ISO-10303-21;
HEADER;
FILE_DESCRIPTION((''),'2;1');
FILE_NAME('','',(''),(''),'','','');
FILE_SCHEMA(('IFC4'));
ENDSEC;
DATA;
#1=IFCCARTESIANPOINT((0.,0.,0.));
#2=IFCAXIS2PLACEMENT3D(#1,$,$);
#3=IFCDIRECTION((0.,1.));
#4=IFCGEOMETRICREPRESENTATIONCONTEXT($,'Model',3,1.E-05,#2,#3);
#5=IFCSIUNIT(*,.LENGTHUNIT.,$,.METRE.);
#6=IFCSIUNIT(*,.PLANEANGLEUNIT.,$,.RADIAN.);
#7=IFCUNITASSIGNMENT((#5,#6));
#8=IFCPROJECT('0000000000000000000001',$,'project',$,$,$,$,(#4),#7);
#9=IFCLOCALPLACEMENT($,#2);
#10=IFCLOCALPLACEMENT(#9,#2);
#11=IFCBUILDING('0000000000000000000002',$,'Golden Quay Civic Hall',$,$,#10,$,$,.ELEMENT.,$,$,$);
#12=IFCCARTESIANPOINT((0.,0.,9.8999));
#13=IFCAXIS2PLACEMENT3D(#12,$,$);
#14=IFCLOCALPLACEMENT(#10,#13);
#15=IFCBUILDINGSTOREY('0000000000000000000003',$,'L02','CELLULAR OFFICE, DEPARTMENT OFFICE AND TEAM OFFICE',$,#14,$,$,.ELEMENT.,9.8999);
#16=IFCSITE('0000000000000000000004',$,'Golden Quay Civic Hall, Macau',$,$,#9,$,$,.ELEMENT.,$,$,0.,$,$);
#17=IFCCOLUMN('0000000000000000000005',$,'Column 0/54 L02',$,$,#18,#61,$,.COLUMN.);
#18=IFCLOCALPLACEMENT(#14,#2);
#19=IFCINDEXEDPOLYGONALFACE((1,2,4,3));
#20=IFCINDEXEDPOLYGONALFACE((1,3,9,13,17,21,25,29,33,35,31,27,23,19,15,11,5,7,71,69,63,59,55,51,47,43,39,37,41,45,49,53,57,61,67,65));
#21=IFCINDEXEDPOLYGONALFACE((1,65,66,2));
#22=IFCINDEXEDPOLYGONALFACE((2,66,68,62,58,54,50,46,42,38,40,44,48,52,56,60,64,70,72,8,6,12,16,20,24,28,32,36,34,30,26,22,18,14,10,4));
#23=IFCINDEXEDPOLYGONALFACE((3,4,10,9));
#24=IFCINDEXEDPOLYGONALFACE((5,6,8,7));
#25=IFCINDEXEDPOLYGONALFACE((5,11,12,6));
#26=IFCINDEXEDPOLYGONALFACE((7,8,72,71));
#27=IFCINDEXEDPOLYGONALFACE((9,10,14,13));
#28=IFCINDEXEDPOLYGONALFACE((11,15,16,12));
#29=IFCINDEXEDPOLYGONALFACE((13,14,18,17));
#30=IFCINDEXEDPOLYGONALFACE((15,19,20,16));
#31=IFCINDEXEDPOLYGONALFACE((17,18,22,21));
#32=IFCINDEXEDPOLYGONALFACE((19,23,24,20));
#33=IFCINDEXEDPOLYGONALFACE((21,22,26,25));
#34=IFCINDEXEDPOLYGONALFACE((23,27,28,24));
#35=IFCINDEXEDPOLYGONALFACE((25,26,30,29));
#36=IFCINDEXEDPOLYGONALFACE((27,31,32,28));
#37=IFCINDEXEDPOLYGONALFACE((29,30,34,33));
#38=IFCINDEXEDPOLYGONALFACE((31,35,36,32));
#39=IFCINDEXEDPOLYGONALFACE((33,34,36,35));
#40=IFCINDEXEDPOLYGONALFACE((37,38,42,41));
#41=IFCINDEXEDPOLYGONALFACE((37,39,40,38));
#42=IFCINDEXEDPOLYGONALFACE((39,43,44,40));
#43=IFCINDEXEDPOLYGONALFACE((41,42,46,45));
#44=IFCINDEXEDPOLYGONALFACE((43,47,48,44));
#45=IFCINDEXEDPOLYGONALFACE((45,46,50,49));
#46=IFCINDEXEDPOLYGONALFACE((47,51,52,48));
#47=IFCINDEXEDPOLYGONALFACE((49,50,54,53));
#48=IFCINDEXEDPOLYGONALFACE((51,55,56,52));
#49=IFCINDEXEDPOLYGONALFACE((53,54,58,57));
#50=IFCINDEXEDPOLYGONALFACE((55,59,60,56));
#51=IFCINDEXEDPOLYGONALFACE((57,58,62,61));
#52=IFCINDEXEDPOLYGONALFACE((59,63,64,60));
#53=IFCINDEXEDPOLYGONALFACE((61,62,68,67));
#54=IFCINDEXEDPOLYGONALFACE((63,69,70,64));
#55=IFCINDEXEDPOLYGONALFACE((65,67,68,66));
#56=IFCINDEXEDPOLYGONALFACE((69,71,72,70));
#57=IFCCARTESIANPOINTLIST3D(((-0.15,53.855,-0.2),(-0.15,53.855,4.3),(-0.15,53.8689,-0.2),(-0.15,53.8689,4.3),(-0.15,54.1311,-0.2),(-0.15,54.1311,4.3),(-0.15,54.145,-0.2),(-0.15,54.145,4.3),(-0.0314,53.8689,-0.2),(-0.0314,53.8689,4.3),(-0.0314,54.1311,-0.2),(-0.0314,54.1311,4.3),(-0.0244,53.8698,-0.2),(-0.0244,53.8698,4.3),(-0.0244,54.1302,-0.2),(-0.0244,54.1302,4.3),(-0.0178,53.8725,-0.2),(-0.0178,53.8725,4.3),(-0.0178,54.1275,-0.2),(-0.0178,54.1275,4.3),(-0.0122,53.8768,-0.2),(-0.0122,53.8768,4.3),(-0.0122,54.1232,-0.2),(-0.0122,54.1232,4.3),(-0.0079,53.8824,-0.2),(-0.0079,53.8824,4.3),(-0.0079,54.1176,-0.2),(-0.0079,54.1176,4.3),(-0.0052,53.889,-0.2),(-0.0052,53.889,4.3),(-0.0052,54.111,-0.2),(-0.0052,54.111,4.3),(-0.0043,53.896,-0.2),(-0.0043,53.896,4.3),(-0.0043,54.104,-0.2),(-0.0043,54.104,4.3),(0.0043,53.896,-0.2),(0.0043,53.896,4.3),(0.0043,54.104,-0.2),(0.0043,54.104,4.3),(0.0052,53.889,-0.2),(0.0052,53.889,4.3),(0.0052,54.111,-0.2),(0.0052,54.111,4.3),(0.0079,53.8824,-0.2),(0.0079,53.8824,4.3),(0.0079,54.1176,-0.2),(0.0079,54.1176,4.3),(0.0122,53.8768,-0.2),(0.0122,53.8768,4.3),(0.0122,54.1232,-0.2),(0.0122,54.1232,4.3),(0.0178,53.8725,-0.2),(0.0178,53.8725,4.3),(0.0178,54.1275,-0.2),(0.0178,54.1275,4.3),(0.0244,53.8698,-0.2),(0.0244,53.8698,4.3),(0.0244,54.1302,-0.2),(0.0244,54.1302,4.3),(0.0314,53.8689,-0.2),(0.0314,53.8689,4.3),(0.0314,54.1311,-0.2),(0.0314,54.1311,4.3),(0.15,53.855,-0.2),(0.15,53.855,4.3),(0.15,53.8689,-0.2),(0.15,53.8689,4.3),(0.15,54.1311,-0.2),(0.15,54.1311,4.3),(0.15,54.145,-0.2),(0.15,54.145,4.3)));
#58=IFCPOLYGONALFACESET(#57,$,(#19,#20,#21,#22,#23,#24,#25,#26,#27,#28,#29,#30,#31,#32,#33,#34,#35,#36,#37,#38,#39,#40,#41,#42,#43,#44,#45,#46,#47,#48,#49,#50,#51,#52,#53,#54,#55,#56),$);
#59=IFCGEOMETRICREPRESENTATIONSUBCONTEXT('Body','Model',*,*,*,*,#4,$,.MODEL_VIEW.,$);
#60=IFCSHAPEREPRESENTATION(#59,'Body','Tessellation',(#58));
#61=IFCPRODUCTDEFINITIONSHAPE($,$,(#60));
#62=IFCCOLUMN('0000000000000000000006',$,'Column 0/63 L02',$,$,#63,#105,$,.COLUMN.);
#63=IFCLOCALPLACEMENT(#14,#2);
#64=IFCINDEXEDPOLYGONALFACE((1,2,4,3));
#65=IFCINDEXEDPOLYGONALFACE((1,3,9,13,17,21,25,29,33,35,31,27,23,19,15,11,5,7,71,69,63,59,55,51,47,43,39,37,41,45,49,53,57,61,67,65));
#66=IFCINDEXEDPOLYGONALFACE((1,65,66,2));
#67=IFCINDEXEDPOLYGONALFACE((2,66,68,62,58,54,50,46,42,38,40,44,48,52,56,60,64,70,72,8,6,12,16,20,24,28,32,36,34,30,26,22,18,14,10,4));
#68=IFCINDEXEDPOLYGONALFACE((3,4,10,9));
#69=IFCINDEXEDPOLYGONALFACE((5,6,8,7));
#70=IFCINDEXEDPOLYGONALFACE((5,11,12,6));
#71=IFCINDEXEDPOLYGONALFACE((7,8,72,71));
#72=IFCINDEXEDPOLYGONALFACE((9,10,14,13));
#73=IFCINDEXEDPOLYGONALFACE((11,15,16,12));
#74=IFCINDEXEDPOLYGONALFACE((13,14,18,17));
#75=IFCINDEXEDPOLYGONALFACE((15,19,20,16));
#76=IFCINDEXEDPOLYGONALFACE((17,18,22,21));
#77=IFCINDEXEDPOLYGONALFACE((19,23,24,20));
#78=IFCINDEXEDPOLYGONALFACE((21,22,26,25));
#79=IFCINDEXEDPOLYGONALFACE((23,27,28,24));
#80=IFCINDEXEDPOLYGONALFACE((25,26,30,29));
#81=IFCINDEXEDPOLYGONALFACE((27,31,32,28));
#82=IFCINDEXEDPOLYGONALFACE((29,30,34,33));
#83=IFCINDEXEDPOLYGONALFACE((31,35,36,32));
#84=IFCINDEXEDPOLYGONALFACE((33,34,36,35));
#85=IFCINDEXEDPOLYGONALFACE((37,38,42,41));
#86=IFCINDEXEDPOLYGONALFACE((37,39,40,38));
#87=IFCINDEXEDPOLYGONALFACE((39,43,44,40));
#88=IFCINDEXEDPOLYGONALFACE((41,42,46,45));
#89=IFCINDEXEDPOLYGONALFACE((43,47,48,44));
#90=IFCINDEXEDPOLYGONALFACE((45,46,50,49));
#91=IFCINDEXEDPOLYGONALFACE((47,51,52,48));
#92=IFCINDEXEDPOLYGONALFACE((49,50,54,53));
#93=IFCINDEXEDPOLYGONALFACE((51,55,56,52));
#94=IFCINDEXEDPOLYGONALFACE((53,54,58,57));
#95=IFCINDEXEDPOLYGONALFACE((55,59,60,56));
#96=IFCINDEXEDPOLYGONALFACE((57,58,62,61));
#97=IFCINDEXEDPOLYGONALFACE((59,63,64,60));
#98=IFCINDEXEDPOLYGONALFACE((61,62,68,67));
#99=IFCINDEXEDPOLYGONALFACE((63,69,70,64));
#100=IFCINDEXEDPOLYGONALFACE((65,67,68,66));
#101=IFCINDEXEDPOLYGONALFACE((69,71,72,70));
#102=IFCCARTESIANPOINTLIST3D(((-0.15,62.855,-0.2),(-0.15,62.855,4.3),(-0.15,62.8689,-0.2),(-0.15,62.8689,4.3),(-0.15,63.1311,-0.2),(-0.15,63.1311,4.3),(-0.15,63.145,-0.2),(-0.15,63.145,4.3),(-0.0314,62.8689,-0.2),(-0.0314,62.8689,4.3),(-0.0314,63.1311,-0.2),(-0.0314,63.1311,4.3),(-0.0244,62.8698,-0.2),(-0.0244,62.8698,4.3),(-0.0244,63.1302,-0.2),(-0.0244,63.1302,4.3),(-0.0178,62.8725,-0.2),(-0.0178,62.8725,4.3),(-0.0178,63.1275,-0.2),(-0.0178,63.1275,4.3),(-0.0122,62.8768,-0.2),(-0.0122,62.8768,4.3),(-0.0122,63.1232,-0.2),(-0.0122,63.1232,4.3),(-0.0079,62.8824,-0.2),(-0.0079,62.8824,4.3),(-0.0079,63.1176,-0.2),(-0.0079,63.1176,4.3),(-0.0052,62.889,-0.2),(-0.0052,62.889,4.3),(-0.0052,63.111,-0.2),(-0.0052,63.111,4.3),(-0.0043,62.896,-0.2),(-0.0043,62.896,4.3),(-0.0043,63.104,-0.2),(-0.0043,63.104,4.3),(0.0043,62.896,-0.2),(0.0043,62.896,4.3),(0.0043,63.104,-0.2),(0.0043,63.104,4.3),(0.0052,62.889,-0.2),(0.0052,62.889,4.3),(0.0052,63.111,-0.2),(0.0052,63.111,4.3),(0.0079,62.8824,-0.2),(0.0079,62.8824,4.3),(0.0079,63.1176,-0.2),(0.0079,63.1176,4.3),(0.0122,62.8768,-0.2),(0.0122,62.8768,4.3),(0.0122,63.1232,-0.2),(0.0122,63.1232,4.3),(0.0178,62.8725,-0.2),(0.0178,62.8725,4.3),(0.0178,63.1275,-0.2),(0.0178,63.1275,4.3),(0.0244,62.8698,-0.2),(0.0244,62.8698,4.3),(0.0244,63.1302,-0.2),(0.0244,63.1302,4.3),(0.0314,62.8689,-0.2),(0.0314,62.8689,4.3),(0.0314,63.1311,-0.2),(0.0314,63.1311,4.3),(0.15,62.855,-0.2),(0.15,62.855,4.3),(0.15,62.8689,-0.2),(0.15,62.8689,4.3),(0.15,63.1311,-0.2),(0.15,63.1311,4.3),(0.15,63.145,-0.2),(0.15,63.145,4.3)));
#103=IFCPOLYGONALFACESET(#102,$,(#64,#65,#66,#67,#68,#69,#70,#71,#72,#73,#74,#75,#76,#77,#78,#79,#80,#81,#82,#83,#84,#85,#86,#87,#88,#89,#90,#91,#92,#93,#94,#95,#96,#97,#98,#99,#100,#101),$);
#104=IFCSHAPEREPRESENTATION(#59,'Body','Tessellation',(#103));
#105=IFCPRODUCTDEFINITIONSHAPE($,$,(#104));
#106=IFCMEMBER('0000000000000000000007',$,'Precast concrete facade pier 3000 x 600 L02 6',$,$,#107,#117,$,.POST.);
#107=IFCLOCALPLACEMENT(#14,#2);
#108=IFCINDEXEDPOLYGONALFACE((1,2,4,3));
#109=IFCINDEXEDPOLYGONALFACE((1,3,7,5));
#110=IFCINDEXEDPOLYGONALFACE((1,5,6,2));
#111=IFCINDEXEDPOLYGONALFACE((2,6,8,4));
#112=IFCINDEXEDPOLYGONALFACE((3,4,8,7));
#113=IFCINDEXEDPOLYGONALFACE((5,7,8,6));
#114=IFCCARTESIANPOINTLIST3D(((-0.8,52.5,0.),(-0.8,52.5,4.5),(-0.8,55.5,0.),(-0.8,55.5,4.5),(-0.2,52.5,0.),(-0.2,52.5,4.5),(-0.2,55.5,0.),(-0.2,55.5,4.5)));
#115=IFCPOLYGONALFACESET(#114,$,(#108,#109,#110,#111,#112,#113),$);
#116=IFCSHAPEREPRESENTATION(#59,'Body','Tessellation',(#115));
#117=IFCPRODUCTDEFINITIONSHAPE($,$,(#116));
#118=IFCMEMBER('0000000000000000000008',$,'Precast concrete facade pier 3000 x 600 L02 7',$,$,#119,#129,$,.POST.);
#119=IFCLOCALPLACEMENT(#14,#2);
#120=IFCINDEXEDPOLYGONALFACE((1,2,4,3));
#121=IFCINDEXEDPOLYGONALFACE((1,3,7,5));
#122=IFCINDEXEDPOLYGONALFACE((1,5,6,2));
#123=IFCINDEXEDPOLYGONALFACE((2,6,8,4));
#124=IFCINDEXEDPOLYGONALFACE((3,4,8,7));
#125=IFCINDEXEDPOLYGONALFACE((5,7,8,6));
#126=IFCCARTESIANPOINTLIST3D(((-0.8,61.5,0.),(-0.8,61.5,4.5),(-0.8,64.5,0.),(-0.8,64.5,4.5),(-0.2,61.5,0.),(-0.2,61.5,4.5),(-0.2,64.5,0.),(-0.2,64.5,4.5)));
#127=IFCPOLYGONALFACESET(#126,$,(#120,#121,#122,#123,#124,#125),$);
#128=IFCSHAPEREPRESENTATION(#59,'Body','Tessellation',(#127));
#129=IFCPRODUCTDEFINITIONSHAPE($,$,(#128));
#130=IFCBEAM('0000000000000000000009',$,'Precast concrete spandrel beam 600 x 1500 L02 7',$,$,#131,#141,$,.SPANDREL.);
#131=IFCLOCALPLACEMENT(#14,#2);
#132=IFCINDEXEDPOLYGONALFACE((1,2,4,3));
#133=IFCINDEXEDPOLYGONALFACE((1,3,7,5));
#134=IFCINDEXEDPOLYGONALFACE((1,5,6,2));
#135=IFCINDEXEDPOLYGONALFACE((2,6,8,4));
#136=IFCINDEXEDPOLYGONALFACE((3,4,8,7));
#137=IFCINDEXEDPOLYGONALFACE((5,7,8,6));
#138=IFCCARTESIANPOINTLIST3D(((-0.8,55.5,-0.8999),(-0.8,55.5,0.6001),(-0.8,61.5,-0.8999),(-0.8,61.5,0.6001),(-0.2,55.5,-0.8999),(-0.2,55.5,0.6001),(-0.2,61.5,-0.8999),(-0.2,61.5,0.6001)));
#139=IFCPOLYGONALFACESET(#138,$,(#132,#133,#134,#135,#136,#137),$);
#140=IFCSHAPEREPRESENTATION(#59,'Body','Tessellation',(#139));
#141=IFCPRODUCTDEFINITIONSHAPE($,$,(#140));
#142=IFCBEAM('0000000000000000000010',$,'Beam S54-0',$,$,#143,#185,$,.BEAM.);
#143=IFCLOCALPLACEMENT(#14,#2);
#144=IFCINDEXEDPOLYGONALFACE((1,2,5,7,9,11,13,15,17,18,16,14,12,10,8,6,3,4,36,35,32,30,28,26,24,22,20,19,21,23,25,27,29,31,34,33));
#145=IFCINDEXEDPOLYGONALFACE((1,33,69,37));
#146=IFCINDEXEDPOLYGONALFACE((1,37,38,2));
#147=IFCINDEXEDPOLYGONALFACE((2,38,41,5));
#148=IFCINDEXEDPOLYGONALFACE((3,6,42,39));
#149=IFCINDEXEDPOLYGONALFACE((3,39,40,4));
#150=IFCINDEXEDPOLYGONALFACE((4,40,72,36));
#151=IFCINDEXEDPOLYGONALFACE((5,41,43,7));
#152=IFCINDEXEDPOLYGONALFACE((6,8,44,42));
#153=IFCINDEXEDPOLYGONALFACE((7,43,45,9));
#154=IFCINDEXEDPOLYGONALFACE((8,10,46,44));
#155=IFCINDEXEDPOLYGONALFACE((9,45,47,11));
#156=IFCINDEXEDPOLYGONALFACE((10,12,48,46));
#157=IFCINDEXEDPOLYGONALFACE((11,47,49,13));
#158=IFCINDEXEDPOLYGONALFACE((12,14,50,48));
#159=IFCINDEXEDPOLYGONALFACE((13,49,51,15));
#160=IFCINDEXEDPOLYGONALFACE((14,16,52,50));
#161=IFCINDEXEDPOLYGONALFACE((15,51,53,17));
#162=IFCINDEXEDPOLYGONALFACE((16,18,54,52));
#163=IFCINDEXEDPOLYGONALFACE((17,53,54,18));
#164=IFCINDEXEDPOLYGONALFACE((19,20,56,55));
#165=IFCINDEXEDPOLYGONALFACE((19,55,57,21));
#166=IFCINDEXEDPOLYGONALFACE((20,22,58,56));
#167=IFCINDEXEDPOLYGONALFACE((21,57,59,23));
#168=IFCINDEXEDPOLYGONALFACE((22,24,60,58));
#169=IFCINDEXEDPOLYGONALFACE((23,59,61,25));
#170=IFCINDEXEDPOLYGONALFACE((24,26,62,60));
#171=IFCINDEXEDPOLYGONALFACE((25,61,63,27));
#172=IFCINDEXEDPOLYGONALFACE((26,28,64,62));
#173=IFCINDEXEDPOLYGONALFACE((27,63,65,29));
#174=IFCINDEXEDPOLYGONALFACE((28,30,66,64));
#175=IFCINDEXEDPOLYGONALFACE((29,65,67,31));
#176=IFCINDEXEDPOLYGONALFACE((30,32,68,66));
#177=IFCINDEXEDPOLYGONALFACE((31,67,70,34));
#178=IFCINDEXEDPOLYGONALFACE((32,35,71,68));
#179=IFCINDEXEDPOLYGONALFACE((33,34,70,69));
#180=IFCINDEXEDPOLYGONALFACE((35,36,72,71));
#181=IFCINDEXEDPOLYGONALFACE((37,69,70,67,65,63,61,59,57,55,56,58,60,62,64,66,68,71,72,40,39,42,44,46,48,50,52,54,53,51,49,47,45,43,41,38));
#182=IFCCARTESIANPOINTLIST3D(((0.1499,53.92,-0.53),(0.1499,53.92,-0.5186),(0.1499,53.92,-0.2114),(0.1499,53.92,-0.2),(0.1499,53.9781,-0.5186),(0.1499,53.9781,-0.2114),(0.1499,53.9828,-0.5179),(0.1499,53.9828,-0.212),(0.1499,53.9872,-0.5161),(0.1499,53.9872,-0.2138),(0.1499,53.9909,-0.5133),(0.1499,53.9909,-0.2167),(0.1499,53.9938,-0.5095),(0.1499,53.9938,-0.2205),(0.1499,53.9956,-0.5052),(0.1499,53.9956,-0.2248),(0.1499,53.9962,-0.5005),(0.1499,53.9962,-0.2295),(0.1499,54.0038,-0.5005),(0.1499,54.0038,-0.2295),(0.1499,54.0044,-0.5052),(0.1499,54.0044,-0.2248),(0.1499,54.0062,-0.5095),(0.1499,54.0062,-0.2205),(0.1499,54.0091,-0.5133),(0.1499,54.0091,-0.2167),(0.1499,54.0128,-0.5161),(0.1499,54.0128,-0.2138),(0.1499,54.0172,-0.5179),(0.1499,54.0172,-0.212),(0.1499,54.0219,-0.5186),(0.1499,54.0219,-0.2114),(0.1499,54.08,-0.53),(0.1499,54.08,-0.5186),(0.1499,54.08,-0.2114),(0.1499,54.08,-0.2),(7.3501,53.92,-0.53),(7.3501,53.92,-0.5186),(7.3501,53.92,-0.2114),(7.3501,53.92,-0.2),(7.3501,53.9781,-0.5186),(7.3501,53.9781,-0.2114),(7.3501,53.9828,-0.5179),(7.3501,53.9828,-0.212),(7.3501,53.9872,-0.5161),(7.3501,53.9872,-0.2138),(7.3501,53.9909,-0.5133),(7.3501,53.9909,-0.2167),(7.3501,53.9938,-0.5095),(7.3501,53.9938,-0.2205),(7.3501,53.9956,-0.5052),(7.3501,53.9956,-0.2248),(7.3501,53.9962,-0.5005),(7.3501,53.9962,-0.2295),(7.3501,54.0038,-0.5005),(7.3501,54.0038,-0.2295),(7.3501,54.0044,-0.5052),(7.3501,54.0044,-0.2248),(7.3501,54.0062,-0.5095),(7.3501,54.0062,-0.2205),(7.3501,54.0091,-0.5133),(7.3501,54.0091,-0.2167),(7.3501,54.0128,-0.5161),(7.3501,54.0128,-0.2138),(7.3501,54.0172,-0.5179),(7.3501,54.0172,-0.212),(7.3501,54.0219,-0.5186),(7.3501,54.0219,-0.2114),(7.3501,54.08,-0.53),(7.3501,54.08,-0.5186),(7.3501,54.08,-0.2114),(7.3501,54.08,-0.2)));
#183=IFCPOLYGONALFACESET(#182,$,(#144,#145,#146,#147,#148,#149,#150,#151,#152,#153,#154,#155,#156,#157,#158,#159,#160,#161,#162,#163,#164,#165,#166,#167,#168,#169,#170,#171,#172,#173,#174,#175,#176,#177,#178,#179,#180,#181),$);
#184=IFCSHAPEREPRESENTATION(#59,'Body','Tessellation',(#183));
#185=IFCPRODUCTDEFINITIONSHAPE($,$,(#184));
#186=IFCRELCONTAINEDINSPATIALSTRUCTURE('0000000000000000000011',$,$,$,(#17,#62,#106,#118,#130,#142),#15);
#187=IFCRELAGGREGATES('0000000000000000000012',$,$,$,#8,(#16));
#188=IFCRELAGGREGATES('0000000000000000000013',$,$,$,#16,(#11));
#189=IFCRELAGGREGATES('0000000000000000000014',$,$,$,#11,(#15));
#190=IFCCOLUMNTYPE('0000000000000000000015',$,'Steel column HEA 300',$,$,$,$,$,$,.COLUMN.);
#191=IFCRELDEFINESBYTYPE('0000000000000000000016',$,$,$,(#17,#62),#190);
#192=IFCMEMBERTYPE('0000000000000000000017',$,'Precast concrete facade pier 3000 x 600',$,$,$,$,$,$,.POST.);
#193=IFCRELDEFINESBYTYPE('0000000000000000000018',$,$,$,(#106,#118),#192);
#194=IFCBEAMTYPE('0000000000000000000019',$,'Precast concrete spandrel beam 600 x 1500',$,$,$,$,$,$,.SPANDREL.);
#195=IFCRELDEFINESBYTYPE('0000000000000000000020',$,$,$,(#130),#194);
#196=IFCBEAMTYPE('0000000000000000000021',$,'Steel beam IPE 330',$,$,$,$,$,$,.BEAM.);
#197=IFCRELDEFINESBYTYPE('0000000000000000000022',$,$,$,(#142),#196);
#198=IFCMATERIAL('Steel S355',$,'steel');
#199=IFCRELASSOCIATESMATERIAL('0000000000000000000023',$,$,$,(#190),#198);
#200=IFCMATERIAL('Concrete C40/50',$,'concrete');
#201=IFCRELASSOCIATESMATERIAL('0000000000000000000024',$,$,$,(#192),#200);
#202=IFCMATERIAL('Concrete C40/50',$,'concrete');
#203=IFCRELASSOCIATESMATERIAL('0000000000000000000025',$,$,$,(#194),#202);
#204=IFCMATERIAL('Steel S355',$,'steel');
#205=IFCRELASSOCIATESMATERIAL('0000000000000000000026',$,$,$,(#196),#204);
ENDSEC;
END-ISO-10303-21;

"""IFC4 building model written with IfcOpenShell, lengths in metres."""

from ifc_helpers import new_model, si_unit, direction, frame, origin, origin_2d, place, context, subcontext, project, spatial, rectangle, i_section, extrude, material, material_profile, profile_set, type_object, element, save


model = new_model("IFC4")

# Units and contexts
model_context = context("Model", 3, precision=1e-05, world=origin(), true_north=direction((0.0, 1.0)))
body_context = subcontext(model_context, "Body", "Model", "MODEL_VIEW")
ifc_project = project(units=[si_unit("LENGTHUNIT", "METRE"), si_unit("PLANEANGLEUNIT", "RADIAN")], contexts=[model_context])

# Site, building, storey
site_placement = place(None, origin())
site = spatial("IfcSite", under=ifc_project, at=site_placement, Name="Golden Quay Civic Hall, Macau", CompositionType="ELEMENT", RefElevation=0.0)
building_placement = place(site_placement, origin())
building = spatial("IfcBuilding", under=site, at=building_placement, Name="Golden Quay Civic Hall", CompositionType="ELEMENT")
storey_placement = place(building_placement, frame((0.0, 0.0, 9.8999)))
storey = spatial("IfcBuildingStorey", under=building, at=storey_placement, Name="L02", Description="CELLULAR OFFICE, DEPARTMENT OFFICE AND TEAM OFFICE", CompositionType="ELEMENT", Elevation=9.8999)

# Columns
ifc_material_1 = material(Name="Steel S355", Category="steel")
ifc_material_profile_1 = material_profile(ifc_material_1, i_section(OverallWidth=0.3, OverallDepth=0.29, WebThickness=0.0085, FlangeThickness=0.0139, FilletRadius=0.0271, at=origin_2d()), Name="HEA 300")
ifc_profile_set_1 = profile_set([ifc_material_profile_1], Name="Steel S355")
column_type = type_object("IfcColumnType", Name="Steel column HEA 300", PredefinedType="COLUMN", material=ifc_profile_set_1)
for number, where, z_axis, x_axis, name in (
    (1, (0.0, 54.0, -0.2), (0.0, 0.0, 1.0), (1.0, 0.0, 0.0), "Column 0/54 L02"),
    (2, (0.0, 63.0, -0.2), (0.0, 0.0, 1.0), (1.0, 0.0, 0.0), "Column 0/63 L02"),
):
    element("IfcColumn", number, at=place(storey_placement, frame(where, z_axis=z_axis, x_axis=x_axis)), inside=storey, type_object=column_type, Name=name, PredefinedType="COLUMN", context=body_context, shape_type="SweptSolid", body=[
        extrude(i_section(OverallWidth=0.3, OverallDepth=0.29, WebThickness=0.0085, FlangeThickness=0.0139, FilletRadius=0.0271, at=origin_2d()), origin(), (0.0, 0.0, 1.0), 4.5),
    ])

# Members
ifc_material_2 = material(Name="Concrete C40/50", Category="concrete")
ifc_material_profile_2 = material_profile(ifc_material_2, rectangle(XDim=3.0, YDim=0.6001, at=origin_2d()), Name="RC 3000x600")
ifc_profile_set_2 = profile_set([ifc_material_profile_2], Name="Concrete C40/50")
member_type = type_object("IfcMemberType", Name="Precast concrete facade pier 3000 x 600", PredefinedType="POST", material=ifc_profile_set_2)
for number, where, z_axis, x_axis, name in (
    (3, (-0.5, 54.0, 0.0), (0.0, 0.0, 1.0), (0.0, 1.0, 0.0), "Precast concrete facade pier 3000 x 600 L02 6"),
    (4, (-0.5, 63.0, 0.0), (0.0, 0.0, 1.0), (0.0, 1.0, 0.0), "Precast concrete facade pier 3000 x 600 L02 7"),
):
    element("IfcMember", number, at=place(storey_placement, frame(where, z_axis=z_axis, x_axis=x_axis)), inside=storey, type_object=member_type, Name=name, PredefinedType="POST", context=body_context, shape_type="SweptSolid", body=[
        extrude(rectangle(XDim=3.0, YDim=0.6001, at=origin_2d()), origin(), (0.0, 0.0, 1.0), 4.5),
    ])

# Beams
ifc_material_3 = material(Name="Concrete C40/50", Category="concrete")
ifc_material_profile_3 = material_profile(ifc_material_3, rectangle(XDim=0.6001, YDim=1.5, at=origin_2d()), Name="RC 600x1500")
ifc_profile_set_3 = profile_set([ifc_material_profile_3], Name="Concrete C40/50")
beam_type_1 = type_object("IfcBeamType", Name="Precast concrete spandrel beam 600 x 1500", PredefinedType="SPANDREL", material=ifc_profile_set_3)
beam_1_placement = place(storey_placement, frame((-0.5, 55.5, -0.1499), z_axis=(0.0, 1.0, 0.0), x_axis=(-1.0, 0.0, 0.0)))
element("IfcBeam", 5, at=beam_1_placement, inside=storey, type_object=beam_type_1, Name="Precast concrete spandrel beam 600 x 1500 L02 7", PredefinedType="SPANDREL", context=body_context, shape_type="SweptSolid", body=[
    extrude(rectangle(XDim=0.6001, YDim=1.5, at=origin_2d()), origin(), (0.0, 0.0, 1.0), 6.0),
])
ifc_material_4 = material(Name="Steel S355", Category="steel")
ifc_material_profile_4 = material_profile(ifc_material_4, i_section(OverallWidth=0.1599, OverallDepth=0.3301, WebThickness=0.0076, FlangeThickness=0.0115, FilletRadius=0.0181, at=origin_2d()), Name="IPE 330")
ifc_profile_set_4 = profile_set([ifc_material_profile_4], Name="Steel S355")
beam_type_2 = type_object("IfcBeamType", Name="Steel beam IPE 330", PredefinedType="BEAM", material=ifc_profile_set_4)
for number, where, z_axis, x_axis, name in (
    (6, (0.1499, 54.0, -0.365), (1.0, 0.0, 0.0), (0.0, 1.0, 0.0), "Beam S54-0"),
):
    element("IfcBeam", number, at=place(storey_placement, frame(where, z_axis=z_axis, x_axis=x_axis)), inside=storey, type_object=beam_type_2, Name=name, PredefinedType="BEAM", context=body_context, shape_type="SweptSolid", body=[
        extrude(i_section(OverallWidth=0.1599, OverallDepth=0.3301, WebThickness=0.0076, FlangeThickness=0.0115, FilletRadius=0.0181, at=origin_2d()), origin(), (0.0, 0.0, 1.0), 7.2002),
    ])

save(model, "model.ifc")
